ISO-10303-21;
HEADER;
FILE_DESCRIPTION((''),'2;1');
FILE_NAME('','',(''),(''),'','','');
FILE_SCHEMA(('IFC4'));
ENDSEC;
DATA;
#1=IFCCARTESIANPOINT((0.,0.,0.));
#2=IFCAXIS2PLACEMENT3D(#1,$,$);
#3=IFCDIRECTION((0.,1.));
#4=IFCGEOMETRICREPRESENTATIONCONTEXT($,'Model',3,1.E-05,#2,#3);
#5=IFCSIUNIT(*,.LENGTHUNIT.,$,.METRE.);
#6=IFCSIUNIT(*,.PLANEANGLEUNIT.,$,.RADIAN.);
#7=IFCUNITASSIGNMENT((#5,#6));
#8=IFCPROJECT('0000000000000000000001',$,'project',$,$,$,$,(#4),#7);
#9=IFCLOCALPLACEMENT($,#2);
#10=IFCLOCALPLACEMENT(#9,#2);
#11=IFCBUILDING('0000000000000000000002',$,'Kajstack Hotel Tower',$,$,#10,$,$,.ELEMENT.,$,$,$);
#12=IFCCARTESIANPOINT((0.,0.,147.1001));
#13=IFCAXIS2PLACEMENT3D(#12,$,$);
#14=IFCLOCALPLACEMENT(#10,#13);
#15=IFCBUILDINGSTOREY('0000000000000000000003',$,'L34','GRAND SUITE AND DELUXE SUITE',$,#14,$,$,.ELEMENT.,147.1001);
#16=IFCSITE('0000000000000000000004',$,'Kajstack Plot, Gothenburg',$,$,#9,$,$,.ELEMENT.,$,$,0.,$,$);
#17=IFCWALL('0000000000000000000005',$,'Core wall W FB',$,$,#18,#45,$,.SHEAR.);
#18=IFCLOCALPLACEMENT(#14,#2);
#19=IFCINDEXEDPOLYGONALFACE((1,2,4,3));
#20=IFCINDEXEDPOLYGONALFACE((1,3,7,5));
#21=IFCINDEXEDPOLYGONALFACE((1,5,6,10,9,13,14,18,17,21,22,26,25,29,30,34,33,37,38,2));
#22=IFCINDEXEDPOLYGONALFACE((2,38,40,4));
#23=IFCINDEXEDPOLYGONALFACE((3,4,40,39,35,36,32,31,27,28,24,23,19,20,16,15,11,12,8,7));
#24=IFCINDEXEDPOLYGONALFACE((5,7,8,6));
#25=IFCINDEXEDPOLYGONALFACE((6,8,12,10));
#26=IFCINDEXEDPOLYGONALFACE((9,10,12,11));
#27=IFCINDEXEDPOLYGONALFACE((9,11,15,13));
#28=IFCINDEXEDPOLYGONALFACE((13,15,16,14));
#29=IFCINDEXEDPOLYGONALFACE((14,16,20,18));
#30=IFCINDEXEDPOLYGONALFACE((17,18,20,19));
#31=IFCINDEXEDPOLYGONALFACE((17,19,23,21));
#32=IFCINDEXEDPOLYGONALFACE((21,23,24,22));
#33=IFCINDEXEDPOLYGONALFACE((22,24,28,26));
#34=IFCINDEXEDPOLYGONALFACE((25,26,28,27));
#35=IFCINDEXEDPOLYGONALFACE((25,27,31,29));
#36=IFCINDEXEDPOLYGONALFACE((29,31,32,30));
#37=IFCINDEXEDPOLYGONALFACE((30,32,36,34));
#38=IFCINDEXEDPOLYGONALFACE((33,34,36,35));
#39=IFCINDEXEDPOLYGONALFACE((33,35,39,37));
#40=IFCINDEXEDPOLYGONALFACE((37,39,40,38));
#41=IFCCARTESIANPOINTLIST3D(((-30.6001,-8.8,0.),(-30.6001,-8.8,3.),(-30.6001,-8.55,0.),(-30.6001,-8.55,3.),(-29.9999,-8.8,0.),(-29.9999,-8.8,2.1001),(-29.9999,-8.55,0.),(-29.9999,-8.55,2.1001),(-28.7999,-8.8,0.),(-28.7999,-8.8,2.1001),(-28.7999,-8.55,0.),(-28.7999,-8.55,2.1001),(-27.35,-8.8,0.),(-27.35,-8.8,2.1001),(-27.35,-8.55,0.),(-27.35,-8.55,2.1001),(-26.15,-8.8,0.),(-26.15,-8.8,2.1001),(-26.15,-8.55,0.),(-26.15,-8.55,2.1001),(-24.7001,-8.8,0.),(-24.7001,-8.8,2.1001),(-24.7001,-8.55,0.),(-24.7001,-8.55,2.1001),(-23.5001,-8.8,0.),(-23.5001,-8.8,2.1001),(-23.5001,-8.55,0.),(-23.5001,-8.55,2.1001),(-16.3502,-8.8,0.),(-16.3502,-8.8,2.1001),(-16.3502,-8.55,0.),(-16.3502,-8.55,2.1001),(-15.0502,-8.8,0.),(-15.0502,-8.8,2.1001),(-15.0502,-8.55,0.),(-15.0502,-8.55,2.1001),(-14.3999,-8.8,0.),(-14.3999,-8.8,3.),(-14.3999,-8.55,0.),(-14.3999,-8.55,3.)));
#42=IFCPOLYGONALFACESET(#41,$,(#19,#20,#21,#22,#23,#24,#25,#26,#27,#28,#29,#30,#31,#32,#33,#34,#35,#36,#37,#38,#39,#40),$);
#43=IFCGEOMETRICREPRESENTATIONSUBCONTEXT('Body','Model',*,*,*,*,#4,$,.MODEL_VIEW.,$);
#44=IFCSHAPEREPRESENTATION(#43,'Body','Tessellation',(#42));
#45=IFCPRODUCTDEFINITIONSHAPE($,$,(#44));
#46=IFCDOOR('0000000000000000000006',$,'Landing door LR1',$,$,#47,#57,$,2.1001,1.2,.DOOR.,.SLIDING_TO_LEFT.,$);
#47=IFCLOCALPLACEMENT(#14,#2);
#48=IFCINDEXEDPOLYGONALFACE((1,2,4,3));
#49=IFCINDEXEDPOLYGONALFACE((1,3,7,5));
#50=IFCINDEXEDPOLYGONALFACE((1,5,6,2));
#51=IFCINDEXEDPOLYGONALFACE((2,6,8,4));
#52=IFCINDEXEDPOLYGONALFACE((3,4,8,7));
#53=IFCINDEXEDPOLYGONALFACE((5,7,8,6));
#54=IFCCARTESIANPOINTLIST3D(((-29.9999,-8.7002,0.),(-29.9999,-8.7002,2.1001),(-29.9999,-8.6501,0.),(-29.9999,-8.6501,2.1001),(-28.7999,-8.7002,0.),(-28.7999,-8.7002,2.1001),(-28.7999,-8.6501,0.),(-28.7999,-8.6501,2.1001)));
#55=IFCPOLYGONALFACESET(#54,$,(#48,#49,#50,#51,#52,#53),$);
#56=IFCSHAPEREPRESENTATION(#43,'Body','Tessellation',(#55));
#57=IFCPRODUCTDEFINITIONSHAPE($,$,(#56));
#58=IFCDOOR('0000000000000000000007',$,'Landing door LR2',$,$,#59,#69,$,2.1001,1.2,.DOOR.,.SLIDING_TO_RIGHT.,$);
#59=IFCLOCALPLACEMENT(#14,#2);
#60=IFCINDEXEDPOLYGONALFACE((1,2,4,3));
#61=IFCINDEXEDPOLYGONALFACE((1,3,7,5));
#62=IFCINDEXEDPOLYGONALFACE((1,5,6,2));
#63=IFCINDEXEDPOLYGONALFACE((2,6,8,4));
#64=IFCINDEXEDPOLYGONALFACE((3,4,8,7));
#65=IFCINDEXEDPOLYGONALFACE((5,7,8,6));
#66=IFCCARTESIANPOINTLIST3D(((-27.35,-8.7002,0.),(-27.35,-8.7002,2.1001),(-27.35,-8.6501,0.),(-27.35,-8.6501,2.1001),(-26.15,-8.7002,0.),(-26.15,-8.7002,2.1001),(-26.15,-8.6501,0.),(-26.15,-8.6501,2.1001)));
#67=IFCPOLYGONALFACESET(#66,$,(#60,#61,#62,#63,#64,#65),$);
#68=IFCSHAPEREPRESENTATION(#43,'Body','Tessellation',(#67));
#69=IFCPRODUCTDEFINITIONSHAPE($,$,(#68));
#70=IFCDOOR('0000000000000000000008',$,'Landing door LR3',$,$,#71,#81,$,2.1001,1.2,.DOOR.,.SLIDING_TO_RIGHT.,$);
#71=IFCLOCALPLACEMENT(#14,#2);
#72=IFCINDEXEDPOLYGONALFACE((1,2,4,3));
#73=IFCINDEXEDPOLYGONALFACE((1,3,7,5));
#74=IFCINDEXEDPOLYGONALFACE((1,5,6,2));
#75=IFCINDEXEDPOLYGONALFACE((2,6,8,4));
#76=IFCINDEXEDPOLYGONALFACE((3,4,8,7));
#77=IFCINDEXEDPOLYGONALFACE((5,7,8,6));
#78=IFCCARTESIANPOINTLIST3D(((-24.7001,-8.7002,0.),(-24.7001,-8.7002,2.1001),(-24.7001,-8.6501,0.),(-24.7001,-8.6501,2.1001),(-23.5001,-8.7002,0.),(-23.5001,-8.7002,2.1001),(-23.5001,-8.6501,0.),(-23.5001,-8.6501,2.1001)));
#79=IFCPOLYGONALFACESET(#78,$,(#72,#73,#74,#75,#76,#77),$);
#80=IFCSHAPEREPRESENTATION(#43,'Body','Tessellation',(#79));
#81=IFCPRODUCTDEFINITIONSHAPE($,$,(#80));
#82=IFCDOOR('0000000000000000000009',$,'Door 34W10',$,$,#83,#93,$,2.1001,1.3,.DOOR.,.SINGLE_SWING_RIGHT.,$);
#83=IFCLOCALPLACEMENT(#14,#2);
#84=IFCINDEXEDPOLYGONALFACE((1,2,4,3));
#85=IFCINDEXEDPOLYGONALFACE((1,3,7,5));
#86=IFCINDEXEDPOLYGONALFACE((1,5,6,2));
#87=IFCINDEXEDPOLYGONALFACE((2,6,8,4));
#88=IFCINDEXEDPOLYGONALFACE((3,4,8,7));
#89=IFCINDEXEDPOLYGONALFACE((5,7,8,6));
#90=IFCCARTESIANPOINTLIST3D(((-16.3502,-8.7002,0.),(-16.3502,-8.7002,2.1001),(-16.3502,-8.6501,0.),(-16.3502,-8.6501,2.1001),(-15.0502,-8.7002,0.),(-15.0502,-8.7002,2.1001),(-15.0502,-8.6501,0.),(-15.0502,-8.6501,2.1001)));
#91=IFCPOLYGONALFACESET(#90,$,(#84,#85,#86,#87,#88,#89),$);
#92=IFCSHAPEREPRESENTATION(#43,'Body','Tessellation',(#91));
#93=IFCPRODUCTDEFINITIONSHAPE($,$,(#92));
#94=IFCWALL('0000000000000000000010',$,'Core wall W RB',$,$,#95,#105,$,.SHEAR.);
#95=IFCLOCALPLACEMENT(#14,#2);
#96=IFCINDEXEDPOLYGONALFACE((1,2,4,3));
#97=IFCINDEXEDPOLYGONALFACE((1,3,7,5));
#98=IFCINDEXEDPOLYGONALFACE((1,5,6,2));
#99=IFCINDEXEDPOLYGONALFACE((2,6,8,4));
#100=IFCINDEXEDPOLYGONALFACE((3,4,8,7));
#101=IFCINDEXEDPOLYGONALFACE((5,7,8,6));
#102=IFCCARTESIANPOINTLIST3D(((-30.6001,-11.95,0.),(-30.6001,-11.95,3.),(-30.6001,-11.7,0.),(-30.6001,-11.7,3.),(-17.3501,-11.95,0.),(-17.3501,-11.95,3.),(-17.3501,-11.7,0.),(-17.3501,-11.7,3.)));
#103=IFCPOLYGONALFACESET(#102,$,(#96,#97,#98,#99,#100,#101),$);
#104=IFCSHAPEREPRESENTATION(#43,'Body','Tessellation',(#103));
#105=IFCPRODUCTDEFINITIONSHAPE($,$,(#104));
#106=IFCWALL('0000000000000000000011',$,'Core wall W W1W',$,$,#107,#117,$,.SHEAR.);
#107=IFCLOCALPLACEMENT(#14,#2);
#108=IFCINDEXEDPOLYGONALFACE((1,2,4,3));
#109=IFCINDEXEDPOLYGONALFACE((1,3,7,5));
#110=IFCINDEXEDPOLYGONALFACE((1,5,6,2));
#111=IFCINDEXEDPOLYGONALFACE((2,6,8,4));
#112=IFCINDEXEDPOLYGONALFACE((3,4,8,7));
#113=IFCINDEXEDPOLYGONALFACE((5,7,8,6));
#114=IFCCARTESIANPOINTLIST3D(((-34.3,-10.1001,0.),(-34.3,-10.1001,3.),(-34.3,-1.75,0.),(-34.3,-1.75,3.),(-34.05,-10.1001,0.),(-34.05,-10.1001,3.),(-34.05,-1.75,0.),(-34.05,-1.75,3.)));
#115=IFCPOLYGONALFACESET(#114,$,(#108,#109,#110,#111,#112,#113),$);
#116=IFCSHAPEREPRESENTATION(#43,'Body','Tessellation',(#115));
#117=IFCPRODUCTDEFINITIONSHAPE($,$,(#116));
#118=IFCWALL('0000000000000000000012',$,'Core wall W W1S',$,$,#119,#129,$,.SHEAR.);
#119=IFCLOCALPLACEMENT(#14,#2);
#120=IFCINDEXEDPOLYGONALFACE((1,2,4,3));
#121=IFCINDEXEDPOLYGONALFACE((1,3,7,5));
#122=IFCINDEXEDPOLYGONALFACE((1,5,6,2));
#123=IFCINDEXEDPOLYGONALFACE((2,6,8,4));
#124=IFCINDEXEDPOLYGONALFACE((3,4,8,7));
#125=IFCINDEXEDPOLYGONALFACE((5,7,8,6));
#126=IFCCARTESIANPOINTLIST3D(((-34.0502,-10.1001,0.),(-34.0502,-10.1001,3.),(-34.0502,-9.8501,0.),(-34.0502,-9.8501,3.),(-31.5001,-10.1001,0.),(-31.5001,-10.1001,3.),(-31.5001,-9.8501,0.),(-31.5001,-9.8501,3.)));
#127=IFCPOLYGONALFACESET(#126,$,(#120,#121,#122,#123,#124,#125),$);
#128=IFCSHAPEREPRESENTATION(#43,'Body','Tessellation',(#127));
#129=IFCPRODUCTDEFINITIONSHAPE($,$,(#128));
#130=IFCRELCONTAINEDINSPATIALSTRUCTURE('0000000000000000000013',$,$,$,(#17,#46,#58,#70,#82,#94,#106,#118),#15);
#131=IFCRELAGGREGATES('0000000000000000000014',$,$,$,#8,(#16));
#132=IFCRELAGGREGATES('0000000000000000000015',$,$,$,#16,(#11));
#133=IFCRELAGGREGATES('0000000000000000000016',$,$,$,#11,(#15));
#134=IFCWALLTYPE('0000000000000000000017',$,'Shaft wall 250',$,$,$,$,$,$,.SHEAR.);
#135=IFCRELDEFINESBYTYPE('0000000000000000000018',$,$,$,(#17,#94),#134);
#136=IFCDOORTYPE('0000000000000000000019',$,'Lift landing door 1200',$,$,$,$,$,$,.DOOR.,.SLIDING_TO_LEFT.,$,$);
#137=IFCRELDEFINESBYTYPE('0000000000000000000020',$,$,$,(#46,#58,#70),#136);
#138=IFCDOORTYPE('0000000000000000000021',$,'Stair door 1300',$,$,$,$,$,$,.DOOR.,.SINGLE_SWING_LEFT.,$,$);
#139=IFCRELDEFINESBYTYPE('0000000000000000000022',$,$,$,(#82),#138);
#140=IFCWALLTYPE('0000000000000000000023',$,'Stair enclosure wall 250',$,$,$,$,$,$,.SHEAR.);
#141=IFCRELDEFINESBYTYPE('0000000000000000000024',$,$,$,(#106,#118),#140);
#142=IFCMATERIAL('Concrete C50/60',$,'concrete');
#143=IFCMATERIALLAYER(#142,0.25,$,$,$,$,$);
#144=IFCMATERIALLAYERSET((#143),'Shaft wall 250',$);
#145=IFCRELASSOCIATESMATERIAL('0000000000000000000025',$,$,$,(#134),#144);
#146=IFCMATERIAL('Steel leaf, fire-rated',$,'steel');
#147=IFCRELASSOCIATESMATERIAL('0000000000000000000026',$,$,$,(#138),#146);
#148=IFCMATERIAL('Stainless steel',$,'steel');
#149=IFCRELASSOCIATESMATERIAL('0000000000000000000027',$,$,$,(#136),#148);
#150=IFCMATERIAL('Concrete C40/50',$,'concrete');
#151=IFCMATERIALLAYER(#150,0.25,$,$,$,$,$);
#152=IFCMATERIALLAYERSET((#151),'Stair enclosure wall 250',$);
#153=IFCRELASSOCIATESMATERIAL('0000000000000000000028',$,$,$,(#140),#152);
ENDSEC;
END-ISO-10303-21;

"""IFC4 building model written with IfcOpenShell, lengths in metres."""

from ifc_helpers import new_model, si_unit, direction, frame, frame_2d, origin, place, context, subcontext, project, spatial, rectangle, extrude, material, layer, layer_set, type_object, element, fill, save


model = new_model("IFC4")

# Units and contexts
model_context = context("Model", 3, precision=1e-05, world=origin(), true_north=direction((0.0, 1.0)))
body_context = subcontext(model_context, "Body", "Model", "MODEL_VIEW")
ifc_project = project(units=[si_unit("LENGTHUNIT", "METRE"), si_unit("PLANEANGLEUNIT", "RADIAN")], contexts=[model_context])

# Site, building, storey
site_placement = place(None, origin())
site = spatial("IfcSite", under=ifc_project, at=site_placement, Name="Kajstack Plot, Gothenburg", CompositionType="ELEMENT", RefElevation=0.0)
building_placement = place(site_placement, origin())
building = spatial("IfcBuilding", under=site, at=building_placement, Name="Kajstack Hotel Tower", CompositionType="ELEMENT")
storey_placement = place(building_placement, frame((0.0, 0.0, 147.1001)))
storey = spatial("IfcBuildingStorey", under=building, at=storey_placement, Name="L34", Description="GRAND SUITE AND DELUXE SUITE", CompositionType="ELEMENT", Elevation=147.1001)

# Shared definitions
ifc_material_1 = material(Name="Stainless steel", Category="steel")

# Shared definitions
ifc_material_2 = material(Name="Concrete C40/50", Category="concrete")

# Wall, openings, doors
ifc_material_3 = material(Name="Concrete C50/60", Category="concrete")
ifc_layer_1 = layer(ifc_material_3, 0.25)
ifc_layer_set_1 = layer_set([ifc_layer_1], Name="Shaft wall 250")
wall_type_1 = type_object("IfcWallType", Name="Shaft wall 250", PredefinedType="SHEAR", material=ifc_layer_set_1)
ifc_material_4 = material(Name="Steel leaf, fire-rated", Category="steel")
door_type_1 = type_object("IfcDoorType", Name="Stair door 1300", OperationType="SINGLE_SWING_LEFT", PredefinedType="DOOR", material=ifc_material_4)
wall_1_placement = place(storey_placement, frame((-30.6001, -8.675, 0.0), z_axis=(0.0, 0.0, 1.0), x_axis=(1.0, 0.0, 0.0)))
wall_1 = element("IfcWall", 1, at=wall_1_placement, inside=storey, type_object=wall_type_1, Name="Core wall W FB", PredefinedType="SHEAR", context=body_context, shape_type="SweptSolid", body=[
    extrude(rectangle(XDim=16.2002, YDim=0.25, at=frame_2d((8.1001, 0.0))), origin(), (0.0, 0.0, 1.0), 3.0),
])
opening_1_placement = place(wall_1_placement, frame((0.6001, 0.0, 0.0)))
opening_1 = element("IfcOpeningElement", 2, at=opening_1_placement, cuts=wall_1, PredefinedType="OPENING", context=body_context, shape_type="SweptSolid", body=[
    extrude(rectangle(XDim=1.2, YDim=2.1001, at=frame_2d((0.6001, 1.05))), frame((0.0, 0.135, 0.0), z_axis=(0.0, -1.0, 0.0), x_axis=(1.0, 0.0, 0.0)), (0.0, 0.0, 1.0), 0.27),
])
opening_2_placement = place(wall_1_placement, frame((3.25, 0.0, 0.0)))
opening_2 = element("IfcOpeningElement", 3, at=opening_2_placement, cuts=wall_1, PredefinedType="OPENING", context=body_context, shape_type="SweptSolid", body=[
    extrude(rectangle(XDim=1.2, YDim=2.1001, at=frame_2d((0.6001, 1.05))), frame((0.0, 0.135, 0.0), z_axis=(0.0, -1.0, 0.0), x_axis=(1.0, 0.0, 0.0)), (0.0, 0.0, 1.0), 0.27),
])
opening_3_placement = place(wall_1_placement, frame((5.8999, 0.0, 0.0)))
opening_3 = element("IfcOpeningElement", 4, at=opening_3_placement, cuts=wall_1, PredefinedType="OPENING", context=body_context, shape_type="SweptSolid", body=[
    extrude(rectangle(XDim=1.2, YDim=2.1001, at=frame_2d((0.6001, 1.05))), frame((0.0, 0.135, 0.0), z_axis=(0.0, -1.0, 0.0), x_axis=(1.0, 0.0, 0.0)), (0.0, 0.0, 1.0), 0.27),
])
opening_4_placement = place(wall_1_placement, frame((14.25, 0.0, 0.0)))
opening_4 = element("IfcOpeningElement", 5, at=opening_4_placement, cuts=wall_1, PredefinedType="OPENING", context=body_context, shape_type="SweptSolid", body=[
    extrude(rectangle(XDim=1.3, YDim=2.1001, at=frame_2d((0.6499, 1.05))), frame((0.0, 0.135, 0.0), z_axis=(0.0, -1.0, 0.0), x_axis=(1.0, 0.0, 0.0)), (0.0, 0.0, 1.0), 0.27),
])
door_type_2 = type_object("IfcDoorType", Name="Lift landing door 1200", OperationType="SLIDING_TO_LEFT", PredefinedType="DOOR", material=ifc_material_1)
door_1_placement = place(opening_1_placement, origin())
door_1 = element("IfcDoor", 6, at=door_1_placement, inside=storey, type_object=door_type_2, Name="Landing door LR1", OperationType="SLIDING_TO_LEFT", OverallHeight=2.1001, OverallWidth=1.2, PredefinedType="DOOR", context=body_context, shape_type="SweptSolid", body=[
    extrude(rectangle(XDim=1.2, YDim=2.1001, at=frame_2d((0.6001, 1.05))), frame((0.0, 0.0249, 0.0), z_axis=(0.0, -1.0, 0.0), x_axis=(1.0, 0.0, 0.0)), (0.0, 0.0, 1.0), 0.05),
])
fill(opening_1, door_1)
door_2_placement = place(opening_2_placement, origin())
door_2 = element("IfcDoor", 7, at=door_2_placement, inside=storey, type_object=door_type_2, Name="Landing door LR2", OperationType="SLIDING_TO_RIGHT", OverallHeight=2.1001, OverallWidth=1.2, PredefinedType="DOOR", context=body_context, shape_type="SweptSolid", body=[
    extrude(rectangle(XDim=1.2, YDim=2.1001, at=frame_2d((0.6001, 1.05))), frame((0.0, 0.0249, 0.0), z_axis=(0.0, -1.0, 0.0), x_axis=(1.0, 0.0, 0.0)), (0.0, 0.0, 1.0), 0.05),
])
fill(opening_2, door_2)
door_3_placement = place(opening_3_placement, origin())
door_3 = element("IfcDoor", 8, at=door_3_placement, inside=storey, type_object=door_type_2, Name="Landing door LR3", OperationType="SLIDING_TO_RIGHT", OverallHeight=2.1001, OverallWidth=1.2, PredefinedType="DOOR", context=body_context, shape_type="SweptSolid", body=[
    extrude(rectangle(XDim=1.2, YDim=2.1001, at=frame_2d((0.6001, 1.05))), frame((0.0, 0.0249, 0.0), z_axis=(0.0, -1.0, 0.0), x_axis=(1.0, 0.0, 0.0)), (0.0, 0.0, 1.0), 0.05),
])
fill(opening_3, door_3)
door_4_placement = place(opening_4_placement, origin())
door_4 = element("IfcDoor", 9, at=door_4_placement, inside=storey, type_object=door_type_1, Name="Door 34W10", OperationType="SINGLE_SWING_RIGHT", OverallHeight=2.1001, OverallWidth=1.3, PredefinedType="DOOR", context=body_context, shape_type="SweptSolid", body=[
    extrude(rectangle(XDim=1.3, YDim=2.1001, at=frame_2d((0.6499, 1.05))), frame((0.0, 0.0249, 0.0), z_axis=(0.0, -1.0, 0.0), x_axis=(1.0, 0.0, 0.0)), (0.0, 0.0, 1.0), 0.05),
])
fill(opening_4, door_4)

# Walls
wall_2_placement = place(storey_placement, frame((-30.6001, -11.825, 0.0), z_axis=(0.0, 0.0, 1.0), x_axis=(1.0, 0.0, 0.0)))
element("IfcWall", 10, at=wall_2_placement, inside=storey, type_object=wall_type_1, Name="Core wall W RB", PredefinedType="SHEAR", context=body_context, shape_type="SweptSolid", body=[
    extrude(rectangle(XDim=13.25, YDim=0.25, at=frame_2d((6.625, 0.0))), origin(), (0.0, 0.0, 1.0), 3.0),
])
ifc_layer_2 = layer(ifc_material_2, 0.25)
ifc_layer_set_2 = layer_set([ifc_layer_2], Name="Stair enclosure wall 250")
wall_type_2 = type_object("IfcWallType", Name="Stair enclosure wall 250", PredefinedType="SHEAR", material=ifc_layer_set_2)
wall_3_placement = place(storey_placement, frame((-34.175, -10.1001, 0.0), z_axis=(0.0, 0.0, 1.0), x_axis=(0.0, 1.0, 0.0)))
element("IfcWall", 11, at=wall_3_placement, inside=storey, type_object=wall_type_2, Name="Core wall W W1W", PredefinedType="SHEAR", context=body_context, shape_type="SweptSolid", body=[
    extrude(rectangle(XDim=8.3501, YDim=0.25, at=frame_2d((4.175, 0.0))), origin(), (0.0, 0.0, 1.0), 3.0),
])
wall_4_placement = place(storey_placement, frame((-34.05, -9.9751, 0.0), z_axis=(0.0, 0.0, 1.0), x_axis=(1.0, 0.0, 0.0)))
element("IfcWall", 12, at=wall_4_placement, inside=storey, type_object=wall_type_2, Name="Core wall W W1S", PredefinedType="SHEAR", context=body_context, shape_type="SweptSolid", body=[
    extrude(rectangle(XDim=2.55, YDim=0.25, at=frame_2d((1.2749, 0.0))), origin(), (0.0, 0.0, 1.0), 3.0),
])

save(model, "model.ifc")
